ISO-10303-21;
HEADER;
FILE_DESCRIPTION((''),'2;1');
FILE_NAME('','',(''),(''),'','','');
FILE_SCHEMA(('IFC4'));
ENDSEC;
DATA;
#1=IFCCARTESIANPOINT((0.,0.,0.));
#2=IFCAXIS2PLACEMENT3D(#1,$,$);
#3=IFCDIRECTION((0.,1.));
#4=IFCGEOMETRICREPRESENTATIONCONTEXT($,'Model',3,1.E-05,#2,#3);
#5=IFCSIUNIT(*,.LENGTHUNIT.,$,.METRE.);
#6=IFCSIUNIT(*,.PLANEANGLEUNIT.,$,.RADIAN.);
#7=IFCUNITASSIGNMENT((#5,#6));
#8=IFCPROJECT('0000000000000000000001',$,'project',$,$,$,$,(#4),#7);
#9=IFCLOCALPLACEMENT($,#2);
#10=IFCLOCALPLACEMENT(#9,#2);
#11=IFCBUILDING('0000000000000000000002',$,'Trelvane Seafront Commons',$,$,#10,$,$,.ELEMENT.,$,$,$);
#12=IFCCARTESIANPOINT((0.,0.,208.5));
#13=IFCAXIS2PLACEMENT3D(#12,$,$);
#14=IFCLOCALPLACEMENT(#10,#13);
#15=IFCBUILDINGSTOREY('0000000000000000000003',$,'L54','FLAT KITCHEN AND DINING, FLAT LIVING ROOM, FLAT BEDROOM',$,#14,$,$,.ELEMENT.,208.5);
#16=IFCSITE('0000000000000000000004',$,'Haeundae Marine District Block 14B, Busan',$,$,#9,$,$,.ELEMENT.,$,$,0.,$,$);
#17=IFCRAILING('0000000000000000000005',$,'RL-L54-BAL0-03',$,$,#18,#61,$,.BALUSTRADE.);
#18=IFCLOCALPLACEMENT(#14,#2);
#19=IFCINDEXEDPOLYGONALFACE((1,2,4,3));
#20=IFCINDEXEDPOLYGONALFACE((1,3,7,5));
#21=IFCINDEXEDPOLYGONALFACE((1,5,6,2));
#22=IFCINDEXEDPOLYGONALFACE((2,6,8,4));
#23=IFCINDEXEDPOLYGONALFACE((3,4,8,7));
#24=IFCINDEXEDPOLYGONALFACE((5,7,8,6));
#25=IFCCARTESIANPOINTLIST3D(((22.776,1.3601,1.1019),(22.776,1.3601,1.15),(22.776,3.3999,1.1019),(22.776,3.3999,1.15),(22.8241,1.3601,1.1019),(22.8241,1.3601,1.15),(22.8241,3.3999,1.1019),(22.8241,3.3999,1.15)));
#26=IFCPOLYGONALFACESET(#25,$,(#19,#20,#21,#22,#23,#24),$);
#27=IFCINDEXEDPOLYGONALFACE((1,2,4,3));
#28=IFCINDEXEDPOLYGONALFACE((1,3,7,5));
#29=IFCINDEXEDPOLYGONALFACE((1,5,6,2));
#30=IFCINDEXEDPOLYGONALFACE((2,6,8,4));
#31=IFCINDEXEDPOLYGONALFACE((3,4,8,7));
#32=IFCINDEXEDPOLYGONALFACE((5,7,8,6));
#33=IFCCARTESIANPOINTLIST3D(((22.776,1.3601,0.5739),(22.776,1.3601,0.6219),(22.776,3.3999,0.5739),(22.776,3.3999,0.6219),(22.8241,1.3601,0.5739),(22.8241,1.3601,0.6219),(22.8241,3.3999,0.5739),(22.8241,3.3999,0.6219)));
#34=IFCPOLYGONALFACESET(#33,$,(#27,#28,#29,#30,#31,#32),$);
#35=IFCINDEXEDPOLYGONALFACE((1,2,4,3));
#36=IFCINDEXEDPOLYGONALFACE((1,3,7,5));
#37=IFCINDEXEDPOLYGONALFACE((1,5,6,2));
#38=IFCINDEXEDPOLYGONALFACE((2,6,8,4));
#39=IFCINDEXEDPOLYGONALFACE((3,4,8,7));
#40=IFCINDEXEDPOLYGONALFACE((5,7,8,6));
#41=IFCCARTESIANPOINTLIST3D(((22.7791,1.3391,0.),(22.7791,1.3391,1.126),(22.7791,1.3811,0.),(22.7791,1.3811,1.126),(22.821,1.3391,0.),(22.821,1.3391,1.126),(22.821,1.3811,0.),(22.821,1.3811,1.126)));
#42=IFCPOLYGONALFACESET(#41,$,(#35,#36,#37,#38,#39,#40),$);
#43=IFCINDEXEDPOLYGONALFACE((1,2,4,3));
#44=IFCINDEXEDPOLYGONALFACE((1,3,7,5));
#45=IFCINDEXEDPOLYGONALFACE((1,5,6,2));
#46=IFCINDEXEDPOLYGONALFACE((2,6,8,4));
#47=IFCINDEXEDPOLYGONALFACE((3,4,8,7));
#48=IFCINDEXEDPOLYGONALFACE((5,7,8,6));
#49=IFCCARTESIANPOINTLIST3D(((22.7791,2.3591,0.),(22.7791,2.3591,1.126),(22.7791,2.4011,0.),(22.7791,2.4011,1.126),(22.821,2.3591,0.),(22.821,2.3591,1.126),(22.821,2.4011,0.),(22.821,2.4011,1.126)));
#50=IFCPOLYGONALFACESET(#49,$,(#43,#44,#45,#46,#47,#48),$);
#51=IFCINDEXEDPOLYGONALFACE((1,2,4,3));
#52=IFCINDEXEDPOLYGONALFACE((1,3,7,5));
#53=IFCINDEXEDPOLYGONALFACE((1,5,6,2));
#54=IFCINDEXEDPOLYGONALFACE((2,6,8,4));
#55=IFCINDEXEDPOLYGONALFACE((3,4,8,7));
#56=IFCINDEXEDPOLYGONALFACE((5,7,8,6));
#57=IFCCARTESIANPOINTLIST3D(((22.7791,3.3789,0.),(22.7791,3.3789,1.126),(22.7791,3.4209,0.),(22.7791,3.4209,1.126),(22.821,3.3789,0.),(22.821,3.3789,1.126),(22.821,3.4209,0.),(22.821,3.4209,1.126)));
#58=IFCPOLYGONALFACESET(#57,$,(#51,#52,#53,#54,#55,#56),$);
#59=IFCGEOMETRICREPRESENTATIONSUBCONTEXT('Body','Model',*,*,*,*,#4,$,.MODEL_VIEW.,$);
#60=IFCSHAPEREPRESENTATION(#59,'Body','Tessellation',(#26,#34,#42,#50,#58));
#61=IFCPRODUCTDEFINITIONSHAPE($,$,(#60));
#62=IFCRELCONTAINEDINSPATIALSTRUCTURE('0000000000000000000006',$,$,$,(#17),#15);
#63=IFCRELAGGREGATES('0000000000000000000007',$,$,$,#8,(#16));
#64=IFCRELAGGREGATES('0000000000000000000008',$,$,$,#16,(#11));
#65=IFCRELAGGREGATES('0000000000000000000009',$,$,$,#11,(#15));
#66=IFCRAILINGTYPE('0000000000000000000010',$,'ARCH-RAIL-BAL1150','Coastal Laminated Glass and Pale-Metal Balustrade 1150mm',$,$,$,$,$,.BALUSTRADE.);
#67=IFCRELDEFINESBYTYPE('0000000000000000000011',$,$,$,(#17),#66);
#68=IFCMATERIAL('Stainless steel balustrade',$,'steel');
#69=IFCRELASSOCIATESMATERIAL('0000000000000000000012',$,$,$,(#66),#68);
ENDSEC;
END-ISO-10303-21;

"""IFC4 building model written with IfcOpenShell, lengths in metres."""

from ifc_helpers import new_model, si_unit, direction, frame, origin, origin_2d, place, context, subcontext, project, spatial, rectangle, extrude, material, type_object, element, save


model = new_model("IFC4")

# Units and contexts
model_context = context("Model", 3, precision=1e-05, world=origin(), true_north=direction((0.0, 1.0)))
body_context = subcontext(model_context, "Body", "Model", "MODEL_VIEW")
ifc_project = project(units=[si_unit("LENGTHUNIT", "METRE"), si_unit("PLANEANGLEUNIT", "RADIAN")], contexts=[model_context])

# Site, building, storey
site_placement = place(None, origin())
site = spatial("IfcSite", under=ifc_project, at=site_placement, Name="Haeundae Marine District Block 14B, Busan", CompositionType="ELEMENT", RefElevation=0.0)
building_placement = place(site_placement, origin())
building = spatial("IfcBuilding", under=site, at=building_placement, Name="Trelvane Seafront Commons", CompositionType="ELEMENT")
storey_placement = place(building_placement, frame((0.0, 0.0, 208.5)))
storey = spatial("IfcBuildingStorey", under=building, at=storey_placement, Name="L54", Description="FLAT KITCHEN AND DINING, FLAT LIVING ROOM, FLAT BEDROOM", CompositionType="ELEMENT", Elevation=208.5)

# Railing
ifc_material_1 = material(Name="Stainless steel balustrade", Category="steel")
railing_type = type_object("IfcRailingType", Name="ARCH-RAIL-BAL1150", Description="Coastal Laminated Glass and Pale-Metal Balustrade 1150mm", PredefinedType="BALUSTRADE", material=ifc_material_1)
railing_1_placement = place(storey_placement, frame((22.8, 1.3601, 0.0)))
element("IfcRailing", 1, at=railing_1_placement, inside=storey, type_object=railing_type, Name="RL-L54-BAL0-03", PredefinedType="BALUSTRADE", context=body_context, shape_type="SweptSolid", body=[
    extrude(rectangle(XDim=0.0481, YDim=0.0481, at=origin_2d()), frame((0.0, 0.0, 1.126), z_axis=(0.0, 1.0, 0.0), x_axis=(-1.0, 0.0, 0.0)), (0.0, 0.0, 1.0), 2.0398),
    extrude(rectangle(XDim=0.0481, YDim=0.0481, at=origin_2d()), frame((0.0, 0.0, 0.5979), z_axis=(0.0, 1.0, 0.0), x_axis=(-1.0, 0.0, 0.0)), (0.0, 0.0, 1.0), 2.0398),
    extrude(rectangle(XDim=0.042, YDim=0.042, at=origin_2d()), origin(), (0.0, 0.0, 1.0), 1.126),
    extrude(rectangle(XDim=0.042, YDim=0.042, at=origin_2d()), frame((0.0, 1.02, 0.0)), (0.0, 0.0, 1.0), 1.126),
    extrude(rectangle(XDim=0.042, YDim=0.042, at=origin_2d()), frame((0.0, 2.0398, 0.0)), (0.0, 0.0, 1.0), 1.126),
])

save(model, "model.ifc")
